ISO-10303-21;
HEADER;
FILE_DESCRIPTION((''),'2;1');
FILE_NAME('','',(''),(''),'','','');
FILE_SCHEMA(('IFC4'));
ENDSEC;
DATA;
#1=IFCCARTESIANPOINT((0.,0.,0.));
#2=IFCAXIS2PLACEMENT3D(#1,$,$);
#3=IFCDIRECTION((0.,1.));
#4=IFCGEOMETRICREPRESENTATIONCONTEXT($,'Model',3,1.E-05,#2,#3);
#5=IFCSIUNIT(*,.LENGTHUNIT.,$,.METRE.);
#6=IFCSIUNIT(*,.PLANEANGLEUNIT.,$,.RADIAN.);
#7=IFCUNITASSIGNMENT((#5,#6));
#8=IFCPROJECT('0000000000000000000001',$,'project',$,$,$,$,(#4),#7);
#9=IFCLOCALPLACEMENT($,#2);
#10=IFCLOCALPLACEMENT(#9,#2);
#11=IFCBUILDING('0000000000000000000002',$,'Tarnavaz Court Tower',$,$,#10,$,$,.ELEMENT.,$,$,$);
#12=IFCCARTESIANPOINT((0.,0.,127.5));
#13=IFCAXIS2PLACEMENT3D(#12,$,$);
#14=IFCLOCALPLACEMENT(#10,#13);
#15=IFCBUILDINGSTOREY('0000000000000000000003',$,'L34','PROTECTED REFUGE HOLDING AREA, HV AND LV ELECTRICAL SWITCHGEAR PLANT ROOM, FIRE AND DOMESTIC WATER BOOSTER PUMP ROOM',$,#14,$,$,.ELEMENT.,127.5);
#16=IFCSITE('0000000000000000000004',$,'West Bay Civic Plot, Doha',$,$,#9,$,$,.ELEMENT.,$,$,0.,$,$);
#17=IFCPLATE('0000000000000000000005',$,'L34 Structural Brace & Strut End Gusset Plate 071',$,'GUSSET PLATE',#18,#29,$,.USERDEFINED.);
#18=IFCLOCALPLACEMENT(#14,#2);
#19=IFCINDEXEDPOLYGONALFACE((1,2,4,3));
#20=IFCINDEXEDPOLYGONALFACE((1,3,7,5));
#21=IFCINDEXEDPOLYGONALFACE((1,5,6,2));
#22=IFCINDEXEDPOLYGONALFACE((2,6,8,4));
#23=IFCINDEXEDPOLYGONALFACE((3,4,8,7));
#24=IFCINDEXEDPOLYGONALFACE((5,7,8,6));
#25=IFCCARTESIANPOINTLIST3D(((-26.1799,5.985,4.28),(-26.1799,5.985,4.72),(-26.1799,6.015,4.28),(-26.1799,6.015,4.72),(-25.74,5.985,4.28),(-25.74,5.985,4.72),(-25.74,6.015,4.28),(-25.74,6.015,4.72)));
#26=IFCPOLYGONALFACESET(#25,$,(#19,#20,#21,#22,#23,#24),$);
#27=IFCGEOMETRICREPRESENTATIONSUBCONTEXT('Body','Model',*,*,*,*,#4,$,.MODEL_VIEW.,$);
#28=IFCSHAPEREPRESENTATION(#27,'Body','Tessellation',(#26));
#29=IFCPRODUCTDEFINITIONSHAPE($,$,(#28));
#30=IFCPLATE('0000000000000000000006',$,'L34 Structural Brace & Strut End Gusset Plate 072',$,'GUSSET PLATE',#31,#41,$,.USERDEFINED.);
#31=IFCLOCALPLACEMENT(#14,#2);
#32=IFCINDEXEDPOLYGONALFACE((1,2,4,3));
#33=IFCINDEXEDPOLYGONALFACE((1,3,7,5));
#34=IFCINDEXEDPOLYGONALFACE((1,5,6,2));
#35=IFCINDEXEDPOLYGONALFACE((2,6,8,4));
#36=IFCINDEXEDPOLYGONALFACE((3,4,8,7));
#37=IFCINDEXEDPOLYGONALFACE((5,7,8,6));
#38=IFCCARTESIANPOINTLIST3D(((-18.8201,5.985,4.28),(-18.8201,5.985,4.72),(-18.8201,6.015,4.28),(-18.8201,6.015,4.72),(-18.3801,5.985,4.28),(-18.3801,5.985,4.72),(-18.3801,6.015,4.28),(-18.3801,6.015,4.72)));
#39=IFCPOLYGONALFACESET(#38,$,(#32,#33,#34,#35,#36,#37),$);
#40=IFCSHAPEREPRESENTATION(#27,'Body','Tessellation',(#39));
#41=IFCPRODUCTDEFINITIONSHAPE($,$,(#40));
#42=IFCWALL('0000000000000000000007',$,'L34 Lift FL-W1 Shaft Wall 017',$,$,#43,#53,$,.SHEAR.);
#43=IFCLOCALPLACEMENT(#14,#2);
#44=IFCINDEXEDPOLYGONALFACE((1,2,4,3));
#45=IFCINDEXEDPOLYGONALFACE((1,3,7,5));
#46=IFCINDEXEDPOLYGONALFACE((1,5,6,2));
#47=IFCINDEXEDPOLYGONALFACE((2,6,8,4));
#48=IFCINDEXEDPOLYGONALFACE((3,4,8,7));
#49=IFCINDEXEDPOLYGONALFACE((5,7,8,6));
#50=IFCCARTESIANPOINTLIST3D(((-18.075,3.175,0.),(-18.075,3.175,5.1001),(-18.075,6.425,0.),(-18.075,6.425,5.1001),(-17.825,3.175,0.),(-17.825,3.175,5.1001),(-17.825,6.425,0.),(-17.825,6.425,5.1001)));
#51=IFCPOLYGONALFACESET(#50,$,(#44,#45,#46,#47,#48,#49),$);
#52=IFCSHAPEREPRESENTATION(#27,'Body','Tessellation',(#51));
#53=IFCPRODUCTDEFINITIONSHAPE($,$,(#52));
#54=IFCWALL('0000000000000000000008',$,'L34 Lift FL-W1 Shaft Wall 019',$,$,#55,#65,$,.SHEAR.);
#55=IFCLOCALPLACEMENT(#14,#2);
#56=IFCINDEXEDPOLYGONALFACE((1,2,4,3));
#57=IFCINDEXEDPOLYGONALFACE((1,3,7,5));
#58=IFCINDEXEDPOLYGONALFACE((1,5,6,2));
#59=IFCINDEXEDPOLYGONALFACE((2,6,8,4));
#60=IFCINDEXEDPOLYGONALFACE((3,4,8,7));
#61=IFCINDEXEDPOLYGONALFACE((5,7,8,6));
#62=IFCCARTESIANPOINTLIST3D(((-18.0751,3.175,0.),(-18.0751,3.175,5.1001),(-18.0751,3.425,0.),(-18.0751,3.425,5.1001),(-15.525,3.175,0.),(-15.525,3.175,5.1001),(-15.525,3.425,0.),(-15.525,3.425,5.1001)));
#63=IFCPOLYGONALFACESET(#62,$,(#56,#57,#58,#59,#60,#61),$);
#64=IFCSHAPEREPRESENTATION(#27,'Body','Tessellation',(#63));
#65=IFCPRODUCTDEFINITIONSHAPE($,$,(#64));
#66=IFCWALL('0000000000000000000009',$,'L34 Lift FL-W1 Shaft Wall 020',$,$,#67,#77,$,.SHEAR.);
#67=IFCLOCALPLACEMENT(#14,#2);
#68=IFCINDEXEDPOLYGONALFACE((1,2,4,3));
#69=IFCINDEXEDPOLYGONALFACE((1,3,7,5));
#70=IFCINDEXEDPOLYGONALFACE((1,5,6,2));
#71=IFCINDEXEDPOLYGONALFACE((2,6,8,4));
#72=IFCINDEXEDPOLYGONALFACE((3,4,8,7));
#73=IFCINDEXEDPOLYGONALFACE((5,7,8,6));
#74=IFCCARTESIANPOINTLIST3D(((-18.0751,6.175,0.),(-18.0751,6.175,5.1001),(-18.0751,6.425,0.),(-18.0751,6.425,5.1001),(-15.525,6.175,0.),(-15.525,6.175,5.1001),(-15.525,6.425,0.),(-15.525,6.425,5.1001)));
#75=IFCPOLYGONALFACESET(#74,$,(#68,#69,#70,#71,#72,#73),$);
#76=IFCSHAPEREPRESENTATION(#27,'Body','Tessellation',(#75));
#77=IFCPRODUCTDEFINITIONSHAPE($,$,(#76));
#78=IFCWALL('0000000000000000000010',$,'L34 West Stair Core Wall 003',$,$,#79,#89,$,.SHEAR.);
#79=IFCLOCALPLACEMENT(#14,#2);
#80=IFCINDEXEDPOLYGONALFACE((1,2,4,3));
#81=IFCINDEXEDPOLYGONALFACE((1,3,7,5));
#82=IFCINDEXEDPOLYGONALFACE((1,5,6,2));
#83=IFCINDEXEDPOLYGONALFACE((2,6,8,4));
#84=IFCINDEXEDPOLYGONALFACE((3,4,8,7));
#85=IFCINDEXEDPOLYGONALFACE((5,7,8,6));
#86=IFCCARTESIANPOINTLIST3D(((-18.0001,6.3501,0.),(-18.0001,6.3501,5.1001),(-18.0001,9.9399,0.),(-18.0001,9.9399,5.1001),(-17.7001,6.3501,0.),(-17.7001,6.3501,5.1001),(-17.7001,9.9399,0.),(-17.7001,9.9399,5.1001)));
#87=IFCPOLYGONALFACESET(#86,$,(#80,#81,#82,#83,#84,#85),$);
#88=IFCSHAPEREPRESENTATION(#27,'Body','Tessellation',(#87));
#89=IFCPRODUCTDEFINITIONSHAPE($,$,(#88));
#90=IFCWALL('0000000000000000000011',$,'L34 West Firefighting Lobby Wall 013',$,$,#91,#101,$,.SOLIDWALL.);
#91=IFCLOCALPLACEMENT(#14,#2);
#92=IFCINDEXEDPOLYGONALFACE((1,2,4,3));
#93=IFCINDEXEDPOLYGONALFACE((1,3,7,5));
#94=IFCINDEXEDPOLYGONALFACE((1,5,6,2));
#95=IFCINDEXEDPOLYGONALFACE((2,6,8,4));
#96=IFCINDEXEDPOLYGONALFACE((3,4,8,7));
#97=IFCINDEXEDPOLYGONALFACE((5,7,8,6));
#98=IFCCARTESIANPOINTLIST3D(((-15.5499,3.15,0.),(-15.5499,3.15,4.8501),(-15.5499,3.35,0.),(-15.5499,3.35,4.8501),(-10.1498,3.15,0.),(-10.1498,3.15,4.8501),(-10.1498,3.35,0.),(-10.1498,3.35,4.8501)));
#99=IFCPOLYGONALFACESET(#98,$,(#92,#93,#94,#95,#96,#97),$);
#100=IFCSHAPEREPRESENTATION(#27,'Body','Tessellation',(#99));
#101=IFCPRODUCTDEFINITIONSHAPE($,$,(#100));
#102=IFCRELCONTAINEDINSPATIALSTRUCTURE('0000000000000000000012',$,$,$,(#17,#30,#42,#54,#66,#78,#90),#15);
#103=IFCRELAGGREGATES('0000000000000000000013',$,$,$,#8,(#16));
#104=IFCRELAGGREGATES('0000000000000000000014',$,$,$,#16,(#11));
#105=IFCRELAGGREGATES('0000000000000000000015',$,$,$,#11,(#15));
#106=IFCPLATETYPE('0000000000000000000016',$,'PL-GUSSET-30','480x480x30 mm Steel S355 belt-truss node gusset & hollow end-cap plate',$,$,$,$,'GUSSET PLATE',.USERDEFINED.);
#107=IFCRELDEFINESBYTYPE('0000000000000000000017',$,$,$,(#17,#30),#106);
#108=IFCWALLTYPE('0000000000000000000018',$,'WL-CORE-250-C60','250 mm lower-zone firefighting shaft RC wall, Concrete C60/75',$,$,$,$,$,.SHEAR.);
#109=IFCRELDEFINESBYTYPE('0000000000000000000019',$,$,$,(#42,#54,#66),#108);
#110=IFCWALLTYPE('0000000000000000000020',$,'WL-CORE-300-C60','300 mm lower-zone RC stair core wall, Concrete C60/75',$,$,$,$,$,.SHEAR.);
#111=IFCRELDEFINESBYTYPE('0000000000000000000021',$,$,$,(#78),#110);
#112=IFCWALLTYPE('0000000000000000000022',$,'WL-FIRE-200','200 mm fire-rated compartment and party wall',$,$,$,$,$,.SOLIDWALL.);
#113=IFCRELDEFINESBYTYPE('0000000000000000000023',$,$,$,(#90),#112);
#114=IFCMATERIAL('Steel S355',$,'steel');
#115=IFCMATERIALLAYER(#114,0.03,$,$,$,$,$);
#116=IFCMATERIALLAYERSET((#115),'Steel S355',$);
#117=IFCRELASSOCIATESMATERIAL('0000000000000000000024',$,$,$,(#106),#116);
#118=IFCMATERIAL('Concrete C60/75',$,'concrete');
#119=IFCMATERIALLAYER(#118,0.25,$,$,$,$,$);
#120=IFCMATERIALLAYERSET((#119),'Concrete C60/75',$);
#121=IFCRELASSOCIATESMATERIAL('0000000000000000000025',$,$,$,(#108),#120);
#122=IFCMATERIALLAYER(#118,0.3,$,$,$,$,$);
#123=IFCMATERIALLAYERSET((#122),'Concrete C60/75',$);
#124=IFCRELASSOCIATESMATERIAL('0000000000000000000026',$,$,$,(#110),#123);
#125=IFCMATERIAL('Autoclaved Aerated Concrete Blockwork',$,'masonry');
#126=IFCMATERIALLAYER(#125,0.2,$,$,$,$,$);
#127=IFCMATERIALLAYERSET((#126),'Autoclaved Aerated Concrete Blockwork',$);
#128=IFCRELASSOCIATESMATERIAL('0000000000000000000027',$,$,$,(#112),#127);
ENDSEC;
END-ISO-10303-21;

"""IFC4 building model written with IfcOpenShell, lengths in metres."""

from ifc_helpers import new_model, si_unit, direction, frame, frame_2d, origin, origin_2d, place, context, subcontext, project, spatial, rectangle, extrude, material, layer, layer_set, type_object, element, save


model = new_model("IFC4")

# Units and contexts
model_context = context("Model", 3, precision=1e-05, world=origin(), true_north=direction((0.0, 1.0)))
body_context = subcontext(model_context, "Body", "Model", "MODEL_VIEW")
ifc_project = project(units=[si_unit("LENGTHUNIT", "METRE"), si_unit("PLANEANGLEUNIT", "RADIAN")], contexts=[model_context])

# Site, building, storey
site_placement = place(None, origin())
site = spatial("IfcSite", under=ifc_project, at=site_placement, Name="West Bay Civic Plot, Doha", CompositionType="ELEMENT", RefElevation=0.0)
building_placement = place(site_placement, origin())
building = spatial("IfcBuilding", under=site, at=building_placement, Name="Tarnavaz Court Tower", CompositionType="ELEMENT")
storey_placement = place(building_placement, frame((0.0, 0.0, 127.5)))
storey = spatial("IfcBuildingStorey", under=building, at=storey_placement, Name="L34", Description="PROTECTED REFUGE HOLDING AREA, HV AND LV ELECTRICAL SWITCHGEAR PLANT ROOM, FIRE AND DOMESTIC WATER BOOSTER PUMP ROOM", CompositionType="ELEMENT", Elevation=127.5)

# Plates
ifc_material_1 = material(Name="Steel S355", Category="steel")
ifc_layer_1 = layer(ifc_material_1, 0.03)
ifc_layer_set_1 = layer_set([ifc_layer_1], Name="Steel S355")
plate_type = type_object("IfcPlateType", Name="PL-GUSSET-30", Description="480x480x30 mm Steel S355 belt-truss node gusset & hollow end-cap plate", ElementType="GUSSET PLATE", PredefinedType="USERDEFINED", material=ifc_layer_set_1)
for number, where, z_axis, x_axis, name in (
    (1, (-25.96, 6.0, 4.28), (0.0, 0.0, 1.0), (1.0, 0.0, 0.0), "L34 Structural Brace & Strut End Gusset Plate 071"),
    (2, (-18.6001, 6.0, 4.28), (0.0, 0.0, 1.0), (1.0, 0.0, 0.0), "L34 Structural Brace & Strut End Gusset Plate 072"),
):
    element("IfcPlate", number, at=place(storey_placement, frame(where, z_axis=z_axis, x_axis=x_axis)), inside=storey, type_object=plate_type, Name=name, ObjectType="GUSSET PLATE", PredefinedType="USERDEFINED", context=body_context, shape_type="SweptSolid", body=[
        extrude(rectangle(XDim=0.4399, YDim=0.03, at=origin_2d()), origin(), (0.0, 0.0, 1.0), 0.4399),
    ])

# Wall
ifc_material_2 = material(Name="Concrete C60/75", Category="concrete")
ifc_layer_2 = layer(ifc_material_2, 0.25)
ifc_layer_set_2 = layer_set([ifc_layer_2], Name="Concrete C60/75")
wall_type_1 = type_object("IfcWallType", Name="WL-CORE-250-C60", Description="250 mm lower-zone firefighting shaft RC wall, Concrete C60/75", PredefinedType="SHEAR", material=ifc_layer_set_2)
wall_1_placement = place(storey_placement, frame((-17.95, 3.175, 0.0), z_axis=(0.0, 0.0, 1.0), x_axis=(0.0, 1.0, 0.0)))
element("IfcWall", 3, at=wall_1_placement, inside=storey, type_object=wall_type_1, Name="L34 Lift FL-W1 Shaft Wall 017", PredefinedType="SHEAR", context=body_context, shape_type="SweptSolid", body=[
    extrude(rectangle(XDim=3.25, YDim=0.25, at=frame_2d((1.625, 0.0))), origin(), (0.0, 0.0, 1.0), 5.1001),
])

# Walls
for number, where, z_axis, x_axis, name in (
    (4, (-18.075, 3.3, 0.0), (0.0, 0.0, 1.0), (1.0, 0.0, 0.0), "L34 Lift FL-W1 Shaft Wall 019"),
    (5, (-18.075, 6.3, 0.0), (0.0, 0.0, 1.0), (1.0, 0.0, 0.0), "L34 Lift FL-W1 Shaft Wall 020"),
):
    element("IfcWall", number, at=place(storey_placement, frame(where, z_axis=z_axis, x_axis=x_axis)), inside=storey, type_object=wall_type_1, Name=name, PredefinedType="SHEAR", context=body_context, shape_type="SweptSolid", body=[
        extrude(rectangle(XDim=2.55, YDim=0.25, at=frame_2d((1.2749, 0.0))), origin(), (0.0, 0.0, 1.0), 5.1001),
    ])
ifc_layer_3 = layer(ifc_material_2, 0.3)
ifc_layer_set_3 = layer_set([ifc_layer_3], Name="Concrete C60/75")
wall_type_2 = type_object("IfcWallType", Name="WL-CORE-300-C60", Description="300 mm lower-zone RC stair core wall, Concrete C60/75", PredefinedType="SHEAR", material=ifc_layer_set_3)
wall_2_placement = place(storey_placement, frame((-17.8501, 6.3501, 0.0), z_axis=(0.0, 0.0, 1.0), x_axis=(0.0, 1.0, 0.0)))
element("IfcWall", 6, at=wall_2_placement, inside=storey, type_object=wall_type_2, Name="L34 West Stair Core Wall 003", PredefinedType="SHEAR", context=body_context, shape_type="SweptSolid", body=[
    extrude(rectangle(XDim=3.5898, YDim=0.3, at=frame_2d((1.7949, 0.0))), origin(), (0.0, 0.0, 1.0), 5.1001),
])
ifc_material_3 = material(Name="Autoclaved Aerated Concrete Blockwork", Category="masonry")
ifc_layer_4 = layer(ifc_material_3, 0.2)
ifc_layer_set_4 = layer_set([ifc_layer_4], Name="Autoclaved Aerated Concrete Blockwork")
wall_type_3 = type_object("IfcWallType", Name="WL-FIRE-200", Description="200 mm fire-rated compartment and party wall", PredefinedType="SOLIDWALL", material=ifc_layer_set_4)
wall_3_placement = place(storey_placement, frame((-15.55, 3.25, 0.0), z_axis=(0.0, 0.0, 1.0), x_axis=(1.0, 0.0, 0.0)))
element("IfcWall", 7, at=wall_3_placement, inside=storey, type_object=wall_type_3, Name="L34 West Firefighting Lobby Wall 013", PredefinedType="SOLIDWALL", context=body_context, shape_type="SweptSolid", body=[
    extrude(rectangle(XDim=5.4001, YDim=0.2, at=frame_2d((2.7002, 0.0))), origin(), (0.0, 0.0, 1.0), 4.8501),
])

save(model, "model.ifc")
